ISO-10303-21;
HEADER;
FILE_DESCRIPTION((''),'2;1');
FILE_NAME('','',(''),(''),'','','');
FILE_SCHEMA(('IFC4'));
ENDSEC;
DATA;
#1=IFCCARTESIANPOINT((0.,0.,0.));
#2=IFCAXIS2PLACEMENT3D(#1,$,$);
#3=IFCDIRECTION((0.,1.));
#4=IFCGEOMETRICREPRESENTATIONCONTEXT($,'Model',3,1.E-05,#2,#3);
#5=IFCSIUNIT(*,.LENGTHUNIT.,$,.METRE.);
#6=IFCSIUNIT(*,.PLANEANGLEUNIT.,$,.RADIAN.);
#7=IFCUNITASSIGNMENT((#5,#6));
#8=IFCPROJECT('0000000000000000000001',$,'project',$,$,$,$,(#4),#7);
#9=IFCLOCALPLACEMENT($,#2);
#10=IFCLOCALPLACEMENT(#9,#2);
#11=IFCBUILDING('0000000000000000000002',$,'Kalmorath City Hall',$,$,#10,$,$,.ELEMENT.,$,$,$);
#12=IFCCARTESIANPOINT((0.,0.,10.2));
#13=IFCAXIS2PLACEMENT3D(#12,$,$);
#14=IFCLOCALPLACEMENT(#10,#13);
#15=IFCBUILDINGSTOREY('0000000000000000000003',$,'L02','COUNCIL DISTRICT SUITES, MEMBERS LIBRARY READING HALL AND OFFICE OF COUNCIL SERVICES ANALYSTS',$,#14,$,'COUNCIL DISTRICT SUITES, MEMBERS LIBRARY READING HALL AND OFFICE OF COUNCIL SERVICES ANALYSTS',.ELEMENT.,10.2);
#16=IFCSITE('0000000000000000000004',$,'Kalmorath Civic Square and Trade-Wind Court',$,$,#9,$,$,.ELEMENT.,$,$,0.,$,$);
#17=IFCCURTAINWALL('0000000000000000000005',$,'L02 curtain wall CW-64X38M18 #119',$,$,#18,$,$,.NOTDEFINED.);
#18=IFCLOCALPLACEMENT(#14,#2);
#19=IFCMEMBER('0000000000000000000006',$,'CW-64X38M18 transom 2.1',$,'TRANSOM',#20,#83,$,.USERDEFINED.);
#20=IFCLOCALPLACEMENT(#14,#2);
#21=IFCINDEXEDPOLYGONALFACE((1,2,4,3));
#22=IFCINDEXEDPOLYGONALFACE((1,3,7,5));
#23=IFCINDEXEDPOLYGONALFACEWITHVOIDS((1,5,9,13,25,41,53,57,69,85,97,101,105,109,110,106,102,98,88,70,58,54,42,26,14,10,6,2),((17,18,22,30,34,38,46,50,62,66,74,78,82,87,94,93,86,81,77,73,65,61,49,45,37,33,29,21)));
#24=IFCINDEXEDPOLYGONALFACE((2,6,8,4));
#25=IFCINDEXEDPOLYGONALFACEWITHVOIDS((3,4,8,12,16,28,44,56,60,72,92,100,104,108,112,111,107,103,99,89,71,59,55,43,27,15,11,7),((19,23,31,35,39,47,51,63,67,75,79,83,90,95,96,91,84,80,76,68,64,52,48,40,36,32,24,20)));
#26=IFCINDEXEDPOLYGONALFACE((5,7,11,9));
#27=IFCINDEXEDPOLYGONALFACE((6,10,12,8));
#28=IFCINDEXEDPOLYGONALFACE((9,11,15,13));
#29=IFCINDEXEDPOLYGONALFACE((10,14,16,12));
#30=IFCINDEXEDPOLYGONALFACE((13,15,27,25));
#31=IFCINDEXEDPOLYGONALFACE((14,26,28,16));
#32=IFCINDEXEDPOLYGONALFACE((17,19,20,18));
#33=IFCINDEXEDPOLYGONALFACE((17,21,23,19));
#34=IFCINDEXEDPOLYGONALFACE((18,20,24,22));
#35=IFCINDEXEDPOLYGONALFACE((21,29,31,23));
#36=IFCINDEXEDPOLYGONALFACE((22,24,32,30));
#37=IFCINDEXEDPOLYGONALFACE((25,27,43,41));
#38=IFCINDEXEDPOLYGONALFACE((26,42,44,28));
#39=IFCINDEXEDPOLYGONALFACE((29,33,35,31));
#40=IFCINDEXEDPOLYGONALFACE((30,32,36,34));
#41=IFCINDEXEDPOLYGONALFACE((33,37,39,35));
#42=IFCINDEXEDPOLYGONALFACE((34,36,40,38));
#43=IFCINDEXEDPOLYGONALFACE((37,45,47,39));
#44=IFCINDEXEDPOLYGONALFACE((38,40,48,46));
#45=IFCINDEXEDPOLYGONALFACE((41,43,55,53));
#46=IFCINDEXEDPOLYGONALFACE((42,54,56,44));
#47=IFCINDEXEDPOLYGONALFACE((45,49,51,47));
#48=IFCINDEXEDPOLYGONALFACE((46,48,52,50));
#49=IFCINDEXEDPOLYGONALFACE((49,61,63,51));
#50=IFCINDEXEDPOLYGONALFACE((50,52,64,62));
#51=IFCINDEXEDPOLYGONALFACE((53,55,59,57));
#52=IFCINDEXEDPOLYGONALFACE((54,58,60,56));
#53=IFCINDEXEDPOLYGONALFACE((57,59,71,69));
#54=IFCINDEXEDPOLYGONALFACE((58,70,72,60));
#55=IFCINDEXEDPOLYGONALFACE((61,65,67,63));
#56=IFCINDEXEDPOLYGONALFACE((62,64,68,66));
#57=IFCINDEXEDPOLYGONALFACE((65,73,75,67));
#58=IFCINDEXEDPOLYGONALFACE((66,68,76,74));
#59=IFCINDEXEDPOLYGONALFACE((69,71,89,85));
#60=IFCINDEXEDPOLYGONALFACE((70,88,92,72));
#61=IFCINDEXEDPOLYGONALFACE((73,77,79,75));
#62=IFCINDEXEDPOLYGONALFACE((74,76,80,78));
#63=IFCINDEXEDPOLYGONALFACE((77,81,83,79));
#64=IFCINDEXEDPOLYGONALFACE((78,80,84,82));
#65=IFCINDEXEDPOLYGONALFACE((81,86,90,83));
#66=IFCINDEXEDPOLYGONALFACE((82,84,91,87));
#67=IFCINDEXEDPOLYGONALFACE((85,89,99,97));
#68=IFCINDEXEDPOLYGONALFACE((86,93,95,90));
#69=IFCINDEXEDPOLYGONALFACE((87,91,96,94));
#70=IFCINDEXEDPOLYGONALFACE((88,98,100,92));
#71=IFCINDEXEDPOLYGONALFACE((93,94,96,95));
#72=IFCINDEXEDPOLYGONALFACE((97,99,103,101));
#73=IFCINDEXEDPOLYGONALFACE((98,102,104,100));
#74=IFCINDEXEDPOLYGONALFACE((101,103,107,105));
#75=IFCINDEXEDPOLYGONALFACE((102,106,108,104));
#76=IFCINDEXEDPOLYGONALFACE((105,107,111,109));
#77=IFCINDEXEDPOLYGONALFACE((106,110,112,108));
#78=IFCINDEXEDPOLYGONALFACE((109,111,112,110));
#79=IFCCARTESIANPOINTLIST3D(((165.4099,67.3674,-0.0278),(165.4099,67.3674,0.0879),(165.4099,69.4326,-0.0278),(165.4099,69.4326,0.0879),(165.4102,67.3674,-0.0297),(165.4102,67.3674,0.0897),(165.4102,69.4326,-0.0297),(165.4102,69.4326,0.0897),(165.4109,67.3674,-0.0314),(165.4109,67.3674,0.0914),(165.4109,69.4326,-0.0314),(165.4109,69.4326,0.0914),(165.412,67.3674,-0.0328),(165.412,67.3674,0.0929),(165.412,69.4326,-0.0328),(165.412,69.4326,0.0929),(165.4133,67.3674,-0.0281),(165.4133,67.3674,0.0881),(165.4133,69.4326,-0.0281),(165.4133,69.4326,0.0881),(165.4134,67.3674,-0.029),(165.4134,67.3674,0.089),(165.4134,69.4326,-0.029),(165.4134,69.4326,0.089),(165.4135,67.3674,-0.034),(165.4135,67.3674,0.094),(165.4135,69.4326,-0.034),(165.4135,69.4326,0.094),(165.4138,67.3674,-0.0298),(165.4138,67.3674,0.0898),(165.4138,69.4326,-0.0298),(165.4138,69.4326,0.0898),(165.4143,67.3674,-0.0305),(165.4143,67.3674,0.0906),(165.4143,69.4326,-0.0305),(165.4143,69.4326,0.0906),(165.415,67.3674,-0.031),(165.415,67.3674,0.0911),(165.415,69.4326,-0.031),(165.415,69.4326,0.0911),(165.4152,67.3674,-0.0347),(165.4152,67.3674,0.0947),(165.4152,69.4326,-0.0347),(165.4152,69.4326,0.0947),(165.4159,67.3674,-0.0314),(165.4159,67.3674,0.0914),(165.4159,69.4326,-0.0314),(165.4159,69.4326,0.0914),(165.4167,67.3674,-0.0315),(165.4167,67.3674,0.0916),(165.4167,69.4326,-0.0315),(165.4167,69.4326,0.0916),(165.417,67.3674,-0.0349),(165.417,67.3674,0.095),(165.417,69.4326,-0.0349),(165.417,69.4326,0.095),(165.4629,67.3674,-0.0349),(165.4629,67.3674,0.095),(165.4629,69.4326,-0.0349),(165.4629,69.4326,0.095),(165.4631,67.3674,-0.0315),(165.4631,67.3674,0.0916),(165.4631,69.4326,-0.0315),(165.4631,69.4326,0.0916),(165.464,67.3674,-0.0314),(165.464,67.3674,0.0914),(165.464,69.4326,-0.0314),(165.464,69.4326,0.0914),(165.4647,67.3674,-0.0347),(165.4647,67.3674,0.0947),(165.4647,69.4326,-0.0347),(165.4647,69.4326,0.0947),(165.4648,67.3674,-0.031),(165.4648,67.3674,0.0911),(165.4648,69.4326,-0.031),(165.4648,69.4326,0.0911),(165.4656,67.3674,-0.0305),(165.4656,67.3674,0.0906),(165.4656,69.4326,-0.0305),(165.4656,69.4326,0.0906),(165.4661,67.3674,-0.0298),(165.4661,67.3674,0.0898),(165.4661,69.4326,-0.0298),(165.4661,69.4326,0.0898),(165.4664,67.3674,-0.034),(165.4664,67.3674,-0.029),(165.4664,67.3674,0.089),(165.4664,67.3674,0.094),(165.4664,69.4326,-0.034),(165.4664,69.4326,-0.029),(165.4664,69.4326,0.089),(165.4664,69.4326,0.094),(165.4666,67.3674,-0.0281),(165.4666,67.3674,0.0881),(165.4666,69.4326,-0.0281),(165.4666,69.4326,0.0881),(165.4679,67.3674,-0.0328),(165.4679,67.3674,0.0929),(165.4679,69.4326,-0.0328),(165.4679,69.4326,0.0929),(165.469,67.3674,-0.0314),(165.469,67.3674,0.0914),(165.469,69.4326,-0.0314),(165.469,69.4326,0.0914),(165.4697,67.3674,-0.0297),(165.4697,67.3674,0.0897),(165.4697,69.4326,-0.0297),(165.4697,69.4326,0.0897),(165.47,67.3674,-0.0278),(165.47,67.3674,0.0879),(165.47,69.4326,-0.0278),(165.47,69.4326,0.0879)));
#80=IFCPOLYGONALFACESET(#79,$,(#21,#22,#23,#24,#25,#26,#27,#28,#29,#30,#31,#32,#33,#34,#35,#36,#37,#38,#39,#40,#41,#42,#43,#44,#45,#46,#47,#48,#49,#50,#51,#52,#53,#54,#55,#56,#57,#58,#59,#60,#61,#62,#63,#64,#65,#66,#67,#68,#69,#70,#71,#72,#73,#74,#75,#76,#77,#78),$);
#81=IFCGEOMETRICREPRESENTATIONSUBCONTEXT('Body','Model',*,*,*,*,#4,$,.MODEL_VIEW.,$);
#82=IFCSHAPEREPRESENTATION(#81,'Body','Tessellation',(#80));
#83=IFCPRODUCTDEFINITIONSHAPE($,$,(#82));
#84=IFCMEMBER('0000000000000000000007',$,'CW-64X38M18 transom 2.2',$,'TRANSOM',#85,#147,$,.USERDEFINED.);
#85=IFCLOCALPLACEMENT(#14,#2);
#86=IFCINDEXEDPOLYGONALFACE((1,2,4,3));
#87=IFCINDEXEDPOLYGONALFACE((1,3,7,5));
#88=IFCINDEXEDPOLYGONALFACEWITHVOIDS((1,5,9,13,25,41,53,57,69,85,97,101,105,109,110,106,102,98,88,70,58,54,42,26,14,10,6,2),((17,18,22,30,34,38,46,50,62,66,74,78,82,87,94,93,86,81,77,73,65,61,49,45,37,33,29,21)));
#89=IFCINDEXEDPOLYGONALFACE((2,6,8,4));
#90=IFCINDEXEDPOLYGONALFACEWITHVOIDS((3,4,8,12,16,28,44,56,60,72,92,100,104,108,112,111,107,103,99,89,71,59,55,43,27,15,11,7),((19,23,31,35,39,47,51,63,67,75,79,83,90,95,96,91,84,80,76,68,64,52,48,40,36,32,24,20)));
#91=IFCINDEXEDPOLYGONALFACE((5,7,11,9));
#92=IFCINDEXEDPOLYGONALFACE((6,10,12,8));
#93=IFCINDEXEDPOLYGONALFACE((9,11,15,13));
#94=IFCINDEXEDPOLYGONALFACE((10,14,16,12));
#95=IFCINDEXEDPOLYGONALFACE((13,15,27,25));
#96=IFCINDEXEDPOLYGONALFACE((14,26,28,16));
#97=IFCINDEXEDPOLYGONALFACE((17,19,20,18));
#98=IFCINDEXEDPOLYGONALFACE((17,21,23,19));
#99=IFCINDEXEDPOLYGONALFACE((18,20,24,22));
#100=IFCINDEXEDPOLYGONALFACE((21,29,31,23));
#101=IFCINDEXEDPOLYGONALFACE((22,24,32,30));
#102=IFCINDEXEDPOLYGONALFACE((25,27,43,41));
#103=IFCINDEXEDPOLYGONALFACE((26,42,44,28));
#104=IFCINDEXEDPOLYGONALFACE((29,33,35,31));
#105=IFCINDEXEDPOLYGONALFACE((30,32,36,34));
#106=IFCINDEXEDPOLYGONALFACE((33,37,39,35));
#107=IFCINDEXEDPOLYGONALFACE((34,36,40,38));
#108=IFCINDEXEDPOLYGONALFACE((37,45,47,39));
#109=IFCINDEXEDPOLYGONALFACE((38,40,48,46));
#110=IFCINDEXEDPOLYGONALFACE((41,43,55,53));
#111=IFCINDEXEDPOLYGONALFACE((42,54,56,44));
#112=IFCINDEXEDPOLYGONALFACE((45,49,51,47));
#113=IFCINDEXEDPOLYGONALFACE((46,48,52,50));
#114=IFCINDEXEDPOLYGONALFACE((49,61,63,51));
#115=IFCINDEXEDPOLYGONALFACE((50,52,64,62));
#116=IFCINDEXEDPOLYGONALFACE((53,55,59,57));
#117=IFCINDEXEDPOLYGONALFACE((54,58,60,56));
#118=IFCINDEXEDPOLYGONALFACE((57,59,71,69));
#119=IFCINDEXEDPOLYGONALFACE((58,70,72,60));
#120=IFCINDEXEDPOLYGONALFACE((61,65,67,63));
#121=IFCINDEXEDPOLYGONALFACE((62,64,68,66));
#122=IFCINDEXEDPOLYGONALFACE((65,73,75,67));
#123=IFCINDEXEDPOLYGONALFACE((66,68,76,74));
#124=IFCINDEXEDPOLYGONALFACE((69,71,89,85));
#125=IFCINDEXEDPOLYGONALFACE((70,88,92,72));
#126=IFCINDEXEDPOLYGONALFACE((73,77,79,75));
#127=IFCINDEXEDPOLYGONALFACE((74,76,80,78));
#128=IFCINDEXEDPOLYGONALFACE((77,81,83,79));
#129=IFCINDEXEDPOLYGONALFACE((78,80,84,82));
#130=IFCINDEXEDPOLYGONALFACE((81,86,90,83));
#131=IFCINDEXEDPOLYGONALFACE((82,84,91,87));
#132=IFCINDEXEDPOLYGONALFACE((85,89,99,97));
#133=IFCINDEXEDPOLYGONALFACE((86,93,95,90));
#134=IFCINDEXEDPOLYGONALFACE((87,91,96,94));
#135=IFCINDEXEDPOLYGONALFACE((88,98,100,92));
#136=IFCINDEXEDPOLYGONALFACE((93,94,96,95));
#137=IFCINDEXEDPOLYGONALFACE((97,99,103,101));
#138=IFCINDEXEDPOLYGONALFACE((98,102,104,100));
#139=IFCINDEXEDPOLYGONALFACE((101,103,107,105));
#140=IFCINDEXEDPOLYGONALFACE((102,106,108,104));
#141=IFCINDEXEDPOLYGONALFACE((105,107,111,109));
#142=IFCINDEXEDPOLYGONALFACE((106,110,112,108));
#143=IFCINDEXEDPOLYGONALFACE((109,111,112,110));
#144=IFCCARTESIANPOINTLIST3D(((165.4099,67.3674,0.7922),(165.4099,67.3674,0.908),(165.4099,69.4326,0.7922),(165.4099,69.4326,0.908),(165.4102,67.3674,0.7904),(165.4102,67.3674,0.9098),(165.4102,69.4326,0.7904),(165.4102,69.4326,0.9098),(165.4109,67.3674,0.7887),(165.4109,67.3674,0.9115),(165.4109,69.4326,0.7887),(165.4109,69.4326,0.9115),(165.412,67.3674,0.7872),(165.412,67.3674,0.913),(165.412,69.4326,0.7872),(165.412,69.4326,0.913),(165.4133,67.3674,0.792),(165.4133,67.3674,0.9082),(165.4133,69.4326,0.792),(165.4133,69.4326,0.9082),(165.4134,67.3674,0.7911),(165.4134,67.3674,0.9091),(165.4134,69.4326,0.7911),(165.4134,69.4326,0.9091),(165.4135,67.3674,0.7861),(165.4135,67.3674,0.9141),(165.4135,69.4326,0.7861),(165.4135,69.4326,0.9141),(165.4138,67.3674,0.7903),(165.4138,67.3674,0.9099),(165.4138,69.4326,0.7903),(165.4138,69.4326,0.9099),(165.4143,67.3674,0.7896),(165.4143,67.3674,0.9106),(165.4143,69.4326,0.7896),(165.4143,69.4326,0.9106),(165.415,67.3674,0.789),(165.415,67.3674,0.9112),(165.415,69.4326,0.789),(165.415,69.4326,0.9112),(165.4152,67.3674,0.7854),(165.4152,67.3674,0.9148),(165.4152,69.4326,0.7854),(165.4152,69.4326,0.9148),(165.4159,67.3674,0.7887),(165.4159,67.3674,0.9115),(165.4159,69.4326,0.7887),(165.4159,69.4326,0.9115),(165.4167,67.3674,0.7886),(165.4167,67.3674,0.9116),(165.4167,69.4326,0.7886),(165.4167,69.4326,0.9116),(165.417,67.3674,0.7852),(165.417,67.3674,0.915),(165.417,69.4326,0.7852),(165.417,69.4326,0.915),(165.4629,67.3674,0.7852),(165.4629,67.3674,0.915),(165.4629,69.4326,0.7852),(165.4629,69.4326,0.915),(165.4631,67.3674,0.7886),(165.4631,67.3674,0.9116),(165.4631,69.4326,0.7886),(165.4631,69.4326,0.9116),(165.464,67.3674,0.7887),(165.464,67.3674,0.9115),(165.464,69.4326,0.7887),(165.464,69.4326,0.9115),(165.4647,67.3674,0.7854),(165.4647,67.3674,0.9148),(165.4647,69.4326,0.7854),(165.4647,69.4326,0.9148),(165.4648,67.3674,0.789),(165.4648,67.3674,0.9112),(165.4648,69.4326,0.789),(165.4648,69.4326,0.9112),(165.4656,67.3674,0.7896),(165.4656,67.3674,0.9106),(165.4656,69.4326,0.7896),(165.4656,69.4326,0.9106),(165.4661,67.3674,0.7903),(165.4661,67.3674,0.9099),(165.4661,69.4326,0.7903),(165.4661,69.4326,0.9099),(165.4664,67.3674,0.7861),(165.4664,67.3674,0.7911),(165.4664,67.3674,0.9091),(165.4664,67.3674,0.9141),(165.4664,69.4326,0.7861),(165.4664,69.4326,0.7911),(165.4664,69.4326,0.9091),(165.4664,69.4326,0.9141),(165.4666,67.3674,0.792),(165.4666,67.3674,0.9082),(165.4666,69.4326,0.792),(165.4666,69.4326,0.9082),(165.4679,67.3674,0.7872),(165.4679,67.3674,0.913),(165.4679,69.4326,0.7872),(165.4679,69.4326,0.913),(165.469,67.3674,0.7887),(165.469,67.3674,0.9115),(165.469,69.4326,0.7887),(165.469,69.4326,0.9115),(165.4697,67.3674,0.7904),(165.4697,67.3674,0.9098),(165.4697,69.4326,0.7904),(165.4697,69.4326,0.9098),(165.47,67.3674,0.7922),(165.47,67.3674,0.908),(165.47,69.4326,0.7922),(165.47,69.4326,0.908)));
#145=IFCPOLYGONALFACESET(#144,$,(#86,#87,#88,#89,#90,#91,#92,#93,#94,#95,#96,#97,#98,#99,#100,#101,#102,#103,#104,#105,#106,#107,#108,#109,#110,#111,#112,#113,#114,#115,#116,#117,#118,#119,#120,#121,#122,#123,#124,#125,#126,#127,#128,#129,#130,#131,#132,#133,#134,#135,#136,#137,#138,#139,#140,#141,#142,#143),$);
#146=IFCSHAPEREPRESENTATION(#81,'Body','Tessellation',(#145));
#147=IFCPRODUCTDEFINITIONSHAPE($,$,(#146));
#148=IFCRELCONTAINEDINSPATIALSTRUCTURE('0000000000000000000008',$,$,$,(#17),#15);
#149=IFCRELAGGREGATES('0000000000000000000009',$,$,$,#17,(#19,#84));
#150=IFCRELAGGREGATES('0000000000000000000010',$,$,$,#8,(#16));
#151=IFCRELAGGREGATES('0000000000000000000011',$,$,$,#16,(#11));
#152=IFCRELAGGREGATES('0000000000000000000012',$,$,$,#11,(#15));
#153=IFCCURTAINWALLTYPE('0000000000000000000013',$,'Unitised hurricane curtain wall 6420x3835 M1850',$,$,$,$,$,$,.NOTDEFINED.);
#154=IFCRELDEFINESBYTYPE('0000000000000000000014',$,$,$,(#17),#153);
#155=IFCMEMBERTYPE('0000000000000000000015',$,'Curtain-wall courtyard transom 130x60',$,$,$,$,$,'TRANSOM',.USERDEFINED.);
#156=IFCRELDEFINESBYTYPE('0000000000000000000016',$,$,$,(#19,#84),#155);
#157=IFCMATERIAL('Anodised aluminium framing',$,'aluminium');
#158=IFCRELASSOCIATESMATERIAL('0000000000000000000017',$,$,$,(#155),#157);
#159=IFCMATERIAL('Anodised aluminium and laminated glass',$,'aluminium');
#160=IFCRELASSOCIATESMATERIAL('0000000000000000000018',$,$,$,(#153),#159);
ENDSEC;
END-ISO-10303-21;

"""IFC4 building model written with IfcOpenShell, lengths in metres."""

from ifc_helpers import new_model, si_unit, direction, frame, origin, origin_2d, place, context, subcontext, project, spatial, hollow_rectangle, extrude, material, material_profile, profile_set, type_object, element, aggregate, save


model = new_model("IFC4")

# Units and contexts
model_context = context("Model", 3, precision=1e-05, world=origin(), true_north=direction((0.0, 1.0)))
body_context = subcontext(model_context, "Body", "Model", "MODEL_VIEW")
ifc_project = project(units=[si_unit("LENGTHUNIT", "METRE"), si_unit("PLANEANGLEUNIT", "RADIAN")], contexts=[model_context])

# Site, building, storey
site_placement = place(None, origin())
site = spatial("IfcSite", under=ifc_project, at=site_placement, Name="Kalmorath Civic Square and Trade-Wind Court", CompositionType="ELEMENT", RefElevation=0.0)
building_placement = place(site_placement, origin())
building = spatial("IfcBuilding", under=site, at=building_placement, Name="Kalmorath City Hall", CompositionType="ELEMENT")
storey_placement = place(building_placement, frame((0.0, 0.0, 10.2)))
storey = spatial("IfcBuildingStorey", under=building, at=storey_placement, Name="L02", Description="COUNCIL DISTRICT SUITES, MEMBERS LIBRARY READING HALL AND OFFICE OF COUNCIL SERVICES ANALYSTS", LongName="COUNCIL DISTRICT SUITES, MEMBERS LIBRARY READING HALL AND OFFICE OF COUNCIL SERVICES ANALYSTS", CompositionType="ELEMENT", Elevation=10.2)

# Curtain wall, members
ifc_material_1 = material(Name="Anodised aluminium framing", Category="aluminium")
ifc_material_profile_1 = material_profile(ifc_material_1, hollow_rectangle(XDim=0.0601, YDim=0.1299, WallThickness=0.0034, InnerFilletRadius=0.0034, OuterFilletRadius=0.0071, at=origin_2d()), Name="ALU-TRN-130X60X3.5")
ifc_profile_set_1 = profile_set([ifc_material_profile_1], Name="Anodised aluminium framing")
member_type_1 = type_object("IfcMemberType", Name="Curtain-wall courtyard transom 130x60", ElementType="TRANSOM", PredefinedType="USERDEFINED", material=ifc_profile_set_1)
ifc_material_2 = material(Name="Anodised aluminium and laminated glass", Category="aluminium")
curtain_wall_type_1 = type_object("IfcCurtainWallType", Name="Unitised hurricane curtain wall 6420x3835 M1850", PredefinedType="NOTDEFINED", material=ifc_material_2)
curtain_wall_1_placement = place(storey_placement, origin())
curtain_wall_1 = element("IfcCurtainWall", 1, at=curtain_wall_1_placement, inside=storey, type_object=curtain_wall_type_1, Name="L02 curtain wall CW-64X38M18 #119", PredefinedType="NOTDEFINED")
member_1_placement = place(storey_placement, frame((165.4399, 69.4326, 0.03), z_axis=(0.0, -1.0, 0.0), x_axis=(1.0, 0.0, 0.0)))
member_1 = element("IfcMember", 2, at=member_1_placement, type_object=member_type_1, Name="CW-64X38M18 transom 2.1", ObjectType="TRANSOM", PredefinedType="USERDEFINED", context=body_context, shape_type="SweptSolid", body=[
    extrude(hollow_rectangle(XDim=0.0601, YDim=0.1299, WallThickness=0.0034, InnerFilletRadius=0.0034, OuterFilletRadius=0.0071, at=origin_2d()), origin(), (0.0, 0.0, 1.0), 2.0652),
])
member_2_placement = place(storey_placement, frame((165.4399, 69.4326, 0.8501), z_axis=(0.0, -1.0, 0.0), x_axis=(1.0, 0.0, 0.0)))
member_2 = element("IfcMember", 3, at=member_2_placement, type_object=member_type_1, Name="CW-64X38M18 transom 2.2", ObjectType="TRANSOM", PredefinedType="USERDEFINED", context=body_context, shape_type="SweptSolid", body=[
    extrude(hollow_rectangle(XDim=0.0601, YDim=0.1299, WallThickness=0.0034, InnerFilletRadius=0.0034, OuterFilletRadius=0.0071, at=origin_2d()), origin(), (0.0, 0.0, 1.0), 2.0652),
])

aggregate(curtain_wall_1, [member_1, member_2])

save(model, "model.ifc")
